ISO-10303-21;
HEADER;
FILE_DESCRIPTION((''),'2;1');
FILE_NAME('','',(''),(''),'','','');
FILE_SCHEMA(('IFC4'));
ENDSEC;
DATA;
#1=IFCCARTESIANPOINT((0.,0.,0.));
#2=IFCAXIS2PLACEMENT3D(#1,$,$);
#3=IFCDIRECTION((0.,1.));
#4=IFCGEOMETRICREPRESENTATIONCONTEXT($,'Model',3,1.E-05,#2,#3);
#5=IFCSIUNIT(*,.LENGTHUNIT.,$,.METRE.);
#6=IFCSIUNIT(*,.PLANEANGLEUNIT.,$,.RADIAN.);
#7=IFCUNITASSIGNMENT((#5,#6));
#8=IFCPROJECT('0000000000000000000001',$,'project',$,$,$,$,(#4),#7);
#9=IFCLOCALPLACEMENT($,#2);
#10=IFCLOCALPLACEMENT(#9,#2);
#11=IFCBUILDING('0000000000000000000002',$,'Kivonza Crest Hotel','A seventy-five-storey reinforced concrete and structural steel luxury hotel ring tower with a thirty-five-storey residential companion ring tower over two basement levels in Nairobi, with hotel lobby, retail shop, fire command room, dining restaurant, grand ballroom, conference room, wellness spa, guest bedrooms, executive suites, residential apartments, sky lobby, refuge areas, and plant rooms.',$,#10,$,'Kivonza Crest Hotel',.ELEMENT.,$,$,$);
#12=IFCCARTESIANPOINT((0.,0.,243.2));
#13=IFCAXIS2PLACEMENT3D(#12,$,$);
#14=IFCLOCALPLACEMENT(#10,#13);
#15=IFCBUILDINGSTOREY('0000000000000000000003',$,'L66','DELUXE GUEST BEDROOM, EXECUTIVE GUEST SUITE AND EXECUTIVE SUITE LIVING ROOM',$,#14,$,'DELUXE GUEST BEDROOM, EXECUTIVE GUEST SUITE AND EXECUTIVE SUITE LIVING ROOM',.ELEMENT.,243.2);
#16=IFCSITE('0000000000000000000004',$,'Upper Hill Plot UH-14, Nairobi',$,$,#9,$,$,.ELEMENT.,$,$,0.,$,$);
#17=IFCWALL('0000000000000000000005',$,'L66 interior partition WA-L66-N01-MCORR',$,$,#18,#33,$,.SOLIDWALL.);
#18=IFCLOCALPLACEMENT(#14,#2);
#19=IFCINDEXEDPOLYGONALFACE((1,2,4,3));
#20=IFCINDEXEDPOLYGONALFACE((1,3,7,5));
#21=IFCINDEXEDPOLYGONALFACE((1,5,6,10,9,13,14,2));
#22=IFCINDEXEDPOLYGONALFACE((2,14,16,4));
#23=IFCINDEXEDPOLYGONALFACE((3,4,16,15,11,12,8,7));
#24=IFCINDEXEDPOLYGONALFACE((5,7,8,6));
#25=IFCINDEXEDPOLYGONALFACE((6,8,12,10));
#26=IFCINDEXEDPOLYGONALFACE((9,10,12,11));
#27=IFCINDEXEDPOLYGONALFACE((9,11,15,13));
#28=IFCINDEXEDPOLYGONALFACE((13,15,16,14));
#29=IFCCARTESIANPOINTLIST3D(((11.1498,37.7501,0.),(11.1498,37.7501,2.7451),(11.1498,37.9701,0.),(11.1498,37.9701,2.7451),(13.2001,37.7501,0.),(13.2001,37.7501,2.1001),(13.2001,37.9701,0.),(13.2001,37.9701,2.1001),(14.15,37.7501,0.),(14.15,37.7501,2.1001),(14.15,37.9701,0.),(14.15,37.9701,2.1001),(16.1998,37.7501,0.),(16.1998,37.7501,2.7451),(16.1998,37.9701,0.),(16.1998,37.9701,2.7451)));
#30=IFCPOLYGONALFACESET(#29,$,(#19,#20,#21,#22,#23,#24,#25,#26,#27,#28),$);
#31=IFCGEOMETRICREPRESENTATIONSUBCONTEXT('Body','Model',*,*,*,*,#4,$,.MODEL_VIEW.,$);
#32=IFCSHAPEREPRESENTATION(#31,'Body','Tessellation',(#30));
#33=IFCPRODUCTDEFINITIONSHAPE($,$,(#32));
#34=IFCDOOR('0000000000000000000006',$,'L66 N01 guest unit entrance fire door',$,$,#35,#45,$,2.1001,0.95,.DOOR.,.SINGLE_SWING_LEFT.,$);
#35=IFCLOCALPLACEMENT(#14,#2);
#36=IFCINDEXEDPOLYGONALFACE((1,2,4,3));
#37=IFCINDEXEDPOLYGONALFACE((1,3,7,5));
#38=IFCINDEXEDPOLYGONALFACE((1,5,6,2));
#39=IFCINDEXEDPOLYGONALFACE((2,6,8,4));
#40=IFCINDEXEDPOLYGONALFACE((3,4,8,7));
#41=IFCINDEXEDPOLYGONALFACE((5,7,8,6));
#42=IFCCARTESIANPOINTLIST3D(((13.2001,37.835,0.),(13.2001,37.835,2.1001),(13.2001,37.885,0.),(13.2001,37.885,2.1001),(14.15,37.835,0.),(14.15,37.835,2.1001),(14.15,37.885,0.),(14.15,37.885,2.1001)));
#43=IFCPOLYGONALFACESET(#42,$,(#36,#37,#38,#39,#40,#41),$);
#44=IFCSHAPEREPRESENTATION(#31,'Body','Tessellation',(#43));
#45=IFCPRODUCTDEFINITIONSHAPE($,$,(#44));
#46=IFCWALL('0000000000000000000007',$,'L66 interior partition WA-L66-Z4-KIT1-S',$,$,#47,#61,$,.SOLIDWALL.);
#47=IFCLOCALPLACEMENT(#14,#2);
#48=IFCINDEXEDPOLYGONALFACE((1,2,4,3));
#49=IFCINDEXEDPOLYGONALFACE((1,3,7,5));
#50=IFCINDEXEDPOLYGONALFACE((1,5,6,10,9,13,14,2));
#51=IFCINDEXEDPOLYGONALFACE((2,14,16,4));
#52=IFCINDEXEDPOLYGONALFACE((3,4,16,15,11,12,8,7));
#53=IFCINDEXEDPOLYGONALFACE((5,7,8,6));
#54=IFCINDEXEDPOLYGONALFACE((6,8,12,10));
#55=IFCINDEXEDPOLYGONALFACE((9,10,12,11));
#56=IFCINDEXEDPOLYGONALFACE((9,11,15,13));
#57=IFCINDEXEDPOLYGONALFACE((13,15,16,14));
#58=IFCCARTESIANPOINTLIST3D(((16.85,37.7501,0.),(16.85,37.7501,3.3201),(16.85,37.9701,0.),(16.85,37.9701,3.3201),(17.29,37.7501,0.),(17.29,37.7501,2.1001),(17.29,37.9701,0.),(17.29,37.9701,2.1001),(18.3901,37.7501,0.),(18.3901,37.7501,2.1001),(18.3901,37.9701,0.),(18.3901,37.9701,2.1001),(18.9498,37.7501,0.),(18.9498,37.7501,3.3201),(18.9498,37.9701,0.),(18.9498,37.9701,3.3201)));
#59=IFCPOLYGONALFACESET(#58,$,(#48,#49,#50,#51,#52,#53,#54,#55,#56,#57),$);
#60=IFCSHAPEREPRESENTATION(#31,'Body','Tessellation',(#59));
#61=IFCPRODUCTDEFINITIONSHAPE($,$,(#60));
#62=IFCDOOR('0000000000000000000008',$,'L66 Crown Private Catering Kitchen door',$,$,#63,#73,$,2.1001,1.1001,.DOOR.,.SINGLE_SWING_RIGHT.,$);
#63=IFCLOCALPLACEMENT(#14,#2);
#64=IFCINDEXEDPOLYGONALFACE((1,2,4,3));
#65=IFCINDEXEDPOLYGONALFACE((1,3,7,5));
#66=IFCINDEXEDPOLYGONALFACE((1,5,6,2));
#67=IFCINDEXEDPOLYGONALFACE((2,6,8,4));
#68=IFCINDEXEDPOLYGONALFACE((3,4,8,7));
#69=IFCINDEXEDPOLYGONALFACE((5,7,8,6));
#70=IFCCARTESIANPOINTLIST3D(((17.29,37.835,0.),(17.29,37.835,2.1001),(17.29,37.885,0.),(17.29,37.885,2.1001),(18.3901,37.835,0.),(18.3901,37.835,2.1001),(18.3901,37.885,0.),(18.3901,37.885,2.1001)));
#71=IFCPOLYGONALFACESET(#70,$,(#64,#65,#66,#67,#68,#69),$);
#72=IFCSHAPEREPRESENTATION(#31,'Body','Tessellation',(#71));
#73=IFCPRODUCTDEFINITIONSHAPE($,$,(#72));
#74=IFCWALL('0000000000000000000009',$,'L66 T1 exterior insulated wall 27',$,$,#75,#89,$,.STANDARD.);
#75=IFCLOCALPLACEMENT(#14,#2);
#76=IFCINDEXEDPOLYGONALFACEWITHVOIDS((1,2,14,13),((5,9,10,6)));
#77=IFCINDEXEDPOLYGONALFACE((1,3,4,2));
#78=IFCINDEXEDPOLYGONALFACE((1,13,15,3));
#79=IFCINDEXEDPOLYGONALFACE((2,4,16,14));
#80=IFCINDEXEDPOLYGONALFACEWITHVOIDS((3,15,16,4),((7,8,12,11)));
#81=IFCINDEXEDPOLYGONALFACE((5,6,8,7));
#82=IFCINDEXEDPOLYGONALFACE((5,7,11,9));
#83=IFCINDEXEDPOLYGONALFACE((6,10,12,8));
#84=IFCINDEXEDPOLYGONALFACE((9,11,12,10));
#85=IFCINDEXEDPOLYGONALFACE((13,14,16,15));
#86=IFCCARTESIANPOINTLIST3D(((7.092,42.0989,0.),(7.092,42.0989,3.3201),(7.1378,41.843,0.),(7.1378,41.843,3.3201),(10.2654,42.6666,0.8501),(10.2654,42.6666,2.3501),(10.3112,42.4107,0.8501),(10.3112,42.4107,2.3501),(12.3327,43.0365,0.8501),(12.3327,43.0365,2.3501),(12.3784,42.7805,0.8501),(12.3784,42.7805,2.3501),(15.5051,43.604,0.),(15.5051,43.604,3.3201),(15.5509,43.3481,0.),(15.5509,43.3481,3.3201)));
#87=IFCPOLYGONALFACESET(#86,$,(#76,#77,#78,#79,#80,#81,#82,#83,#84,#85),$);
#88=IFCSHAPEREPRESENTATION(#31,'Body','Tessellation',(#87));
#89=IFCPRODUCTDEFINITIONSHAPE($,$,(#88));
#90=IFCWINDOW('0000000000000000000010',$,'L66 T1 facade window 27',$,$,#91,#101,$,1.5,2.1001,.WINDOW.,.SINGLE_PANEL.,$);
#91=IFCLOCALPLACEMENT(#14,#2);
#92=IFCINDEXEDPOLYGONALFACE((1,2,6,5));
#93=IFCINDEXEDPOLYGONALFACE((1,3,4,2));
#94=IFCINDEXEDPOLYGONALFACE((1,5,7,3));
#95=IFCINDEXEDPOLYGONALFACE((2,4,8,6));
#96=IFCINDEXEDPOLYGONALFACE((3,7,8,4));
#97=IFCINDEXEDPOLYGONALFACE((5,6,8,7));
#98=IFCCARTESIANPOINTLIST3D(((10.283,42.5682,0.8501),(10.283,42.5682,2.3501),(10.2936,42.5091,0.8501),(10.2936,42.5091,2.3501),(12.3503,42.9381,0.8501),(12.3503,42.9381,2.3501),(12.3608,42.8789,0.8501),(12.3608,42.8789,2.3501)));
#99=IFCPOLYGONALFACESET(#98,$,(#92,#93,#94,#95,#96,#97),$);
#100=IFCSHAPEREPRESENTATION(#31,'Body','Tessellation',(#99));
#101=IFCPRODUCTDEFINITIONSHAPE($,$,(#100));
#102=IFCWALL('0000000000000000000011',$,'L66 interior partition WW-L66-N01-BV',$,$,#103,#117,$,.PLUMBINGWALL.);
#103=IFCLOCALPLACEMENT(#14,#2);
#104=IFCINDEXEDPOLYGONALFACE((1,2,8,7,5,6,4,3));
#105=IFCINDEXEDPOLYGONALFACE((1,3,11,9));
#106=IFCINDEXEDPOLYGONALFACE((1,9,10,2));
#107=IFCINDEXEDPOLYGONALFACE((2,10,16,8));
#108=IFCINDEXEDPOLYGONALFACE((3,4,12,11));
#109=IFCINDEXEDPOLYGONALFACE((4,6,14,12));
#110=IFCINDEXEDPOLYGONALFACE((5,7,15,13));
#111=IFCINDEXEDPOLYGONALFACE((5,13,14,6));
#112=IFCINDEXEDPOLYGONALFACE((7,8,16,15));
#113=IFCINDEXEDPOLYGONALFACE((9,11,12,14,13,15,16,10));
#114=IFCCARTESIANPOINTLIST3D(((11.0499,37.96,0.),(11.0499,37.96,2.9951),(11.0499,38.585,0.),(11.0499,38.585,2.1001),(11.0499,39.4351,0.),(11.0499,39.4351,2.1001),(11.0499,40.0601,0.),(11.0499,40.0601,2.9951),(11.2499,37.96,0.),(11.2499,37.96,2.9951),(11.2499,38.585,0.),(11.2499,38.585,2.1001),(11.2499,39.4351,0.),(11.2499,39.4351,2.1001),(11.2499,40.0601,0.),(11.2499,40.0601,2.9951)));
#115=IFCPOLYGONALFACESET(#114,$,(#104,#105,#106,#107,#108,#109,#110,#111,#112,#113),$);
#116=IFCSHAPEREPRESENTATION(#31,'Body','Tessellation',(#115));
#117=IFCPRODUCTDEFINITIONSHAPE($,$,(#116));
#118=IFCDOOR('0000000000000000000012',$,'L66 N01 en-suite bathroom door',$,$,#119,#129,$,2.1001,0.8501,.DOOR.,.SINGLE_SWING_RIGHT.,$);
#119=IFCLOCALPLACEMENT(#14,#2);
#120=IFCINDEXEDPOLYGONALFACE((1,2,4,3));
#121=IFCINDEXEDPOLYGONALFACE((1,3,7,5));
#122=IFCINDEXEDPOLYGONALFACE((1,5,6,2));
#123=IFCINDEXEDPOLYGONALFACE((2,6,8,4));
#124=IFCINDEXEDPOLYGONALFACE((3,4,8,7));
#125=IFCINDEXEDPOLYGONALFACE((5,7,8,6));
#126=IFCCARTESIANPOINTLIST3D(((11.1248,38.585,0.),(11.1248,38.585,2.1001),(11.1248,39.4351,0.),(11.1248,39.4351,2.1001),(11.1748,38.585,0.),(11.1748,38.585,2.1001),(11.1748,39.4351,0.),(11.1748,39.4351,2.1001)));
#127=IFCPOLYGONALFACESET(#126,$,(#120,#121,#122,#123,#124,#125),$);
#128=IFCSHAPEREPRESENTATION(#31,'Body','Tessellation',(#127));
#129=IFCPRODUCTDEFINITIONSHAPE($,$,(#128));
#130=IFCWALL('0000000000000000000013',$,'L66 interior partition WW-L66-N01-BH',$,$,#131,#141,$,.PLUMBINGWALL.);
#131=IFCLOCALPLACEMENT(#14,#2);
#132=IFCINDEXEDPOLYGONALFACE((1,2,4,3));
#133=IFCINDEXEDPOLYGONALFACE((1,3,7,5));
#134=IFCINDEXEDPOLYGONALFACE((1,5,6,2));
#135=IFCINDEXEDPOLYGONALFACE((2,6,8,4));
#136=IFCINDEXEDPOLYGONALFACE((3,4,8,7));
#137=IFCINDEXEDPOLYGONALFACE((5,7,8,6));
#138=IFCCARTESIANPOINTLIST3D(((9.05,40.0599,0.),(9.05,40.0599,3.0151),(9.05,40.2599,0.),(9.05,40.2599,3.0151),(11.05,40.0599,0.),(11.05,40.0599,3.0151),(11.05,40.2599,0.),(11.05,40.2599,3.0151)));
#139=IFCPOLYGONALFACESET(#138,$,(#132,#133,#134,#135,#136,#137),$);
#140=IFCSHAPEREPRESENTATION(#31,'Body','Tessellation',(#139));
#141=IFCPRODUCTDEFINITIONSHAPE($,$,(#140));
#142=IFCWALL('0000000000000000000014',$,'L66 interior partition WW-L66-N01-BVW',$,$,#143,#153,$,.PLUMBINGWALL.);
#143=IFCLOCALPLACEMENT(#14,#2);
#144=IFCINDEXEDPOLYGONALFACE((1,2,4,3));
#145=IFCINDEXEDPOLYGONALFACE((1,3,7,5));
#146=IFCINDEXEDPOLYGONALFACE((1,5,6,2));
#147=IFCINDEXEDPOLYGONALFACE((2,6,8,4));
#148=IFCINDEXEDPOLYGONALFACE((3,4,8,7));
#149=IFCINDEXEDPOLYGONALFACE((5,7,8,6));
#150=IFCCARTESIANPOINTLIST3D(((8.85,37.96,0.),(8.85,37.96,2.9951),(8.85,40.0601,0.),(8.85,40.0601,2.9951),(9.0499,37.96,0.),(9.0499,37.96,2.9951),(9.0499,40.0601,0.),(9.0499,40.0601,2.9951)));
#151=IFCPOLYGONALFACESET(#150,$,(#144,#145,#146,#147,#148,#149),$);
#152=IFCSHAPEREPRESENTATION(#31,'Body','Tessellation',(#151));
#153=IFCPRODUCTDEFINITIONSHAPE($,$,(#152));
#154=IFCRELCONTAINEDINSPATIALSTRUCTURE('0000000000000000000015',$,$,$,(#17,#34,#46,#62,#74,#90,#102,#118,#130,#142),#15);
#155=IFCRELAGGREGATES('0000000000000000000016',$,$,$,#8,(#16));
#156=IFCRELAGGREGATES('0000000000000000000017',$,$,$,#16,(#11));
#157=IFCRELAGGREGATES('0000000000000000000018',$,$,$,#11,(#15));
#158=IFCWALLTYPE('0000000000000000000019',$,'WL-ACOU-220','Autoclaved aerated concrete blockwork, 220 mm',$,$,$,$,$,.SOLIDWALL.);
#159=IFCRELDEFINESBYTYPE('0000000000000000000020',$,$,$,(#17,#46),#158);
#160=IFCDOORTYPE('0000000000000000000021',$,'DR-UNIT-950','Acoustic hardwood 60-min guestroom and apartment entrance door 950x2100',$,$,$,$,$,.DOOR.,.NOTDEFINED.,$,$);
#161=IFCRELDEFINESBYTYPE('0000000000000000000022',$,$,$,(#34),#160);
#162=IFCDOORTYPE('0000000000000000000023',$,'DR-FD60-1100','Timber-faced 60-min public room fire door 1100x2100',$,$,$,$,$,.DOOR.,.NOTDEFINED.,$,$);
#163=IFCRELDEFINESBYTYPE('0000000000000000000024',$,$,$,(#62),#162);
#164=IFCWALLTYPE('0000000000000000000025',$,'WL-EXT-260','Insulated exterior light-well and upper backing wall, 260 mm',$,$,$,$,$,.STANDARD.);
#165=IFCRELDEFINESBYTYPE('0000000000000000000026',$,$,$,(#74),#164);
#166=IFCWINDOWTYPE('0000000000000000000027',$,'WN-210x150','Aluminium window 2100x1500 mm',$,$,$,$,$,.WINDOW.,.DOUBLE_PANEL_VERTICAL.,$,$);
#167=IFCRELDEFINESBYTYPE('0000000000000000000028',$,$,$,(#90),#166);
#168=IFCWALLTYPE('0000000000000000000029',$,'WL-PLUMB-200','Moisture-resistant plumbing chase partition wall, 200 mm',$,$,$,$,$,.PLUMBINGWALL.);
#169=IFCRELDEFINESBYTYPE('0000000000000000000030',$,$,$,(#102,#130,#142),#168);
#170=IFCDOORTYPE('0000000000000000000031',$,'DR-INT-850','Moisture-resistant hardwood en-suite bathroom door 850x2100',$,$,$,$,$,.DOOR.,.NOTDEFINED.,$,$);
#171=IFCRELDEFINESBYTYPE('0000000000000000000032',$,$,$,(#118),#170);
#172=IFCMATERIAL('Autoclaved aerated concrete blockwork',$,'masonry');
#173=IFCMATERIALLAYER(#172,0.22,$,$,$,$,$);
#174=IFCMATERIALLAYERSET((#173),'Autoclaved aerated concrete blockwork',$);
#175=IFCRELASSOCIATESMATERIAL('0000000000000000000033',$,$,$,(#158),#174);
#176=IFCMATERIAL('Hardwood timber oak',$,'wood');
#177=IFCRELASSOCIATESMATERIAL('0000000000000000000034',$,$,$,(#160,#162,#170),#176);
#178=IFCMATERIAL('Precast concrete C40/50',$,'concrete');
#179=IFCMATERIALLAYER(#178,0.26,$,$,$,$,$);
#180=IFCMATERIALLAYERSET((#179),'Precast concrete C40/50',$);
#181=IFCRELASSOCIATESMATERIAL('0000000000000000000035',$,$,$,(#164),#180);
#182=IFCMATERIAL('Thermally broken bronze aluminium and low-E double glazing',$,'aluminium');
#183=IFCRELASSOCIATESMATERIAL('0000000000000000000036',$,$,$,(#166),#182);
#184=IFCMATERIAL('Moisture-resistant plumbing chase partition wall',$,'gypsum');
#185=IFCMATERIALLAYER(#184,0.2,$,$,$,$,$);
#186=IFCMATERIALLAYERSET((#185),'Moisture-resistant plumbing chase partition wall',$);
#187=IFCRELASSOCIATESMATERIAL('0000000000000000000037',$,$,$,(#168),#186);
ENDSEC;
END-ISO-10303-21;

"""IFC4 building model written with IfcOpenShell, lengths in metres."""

from ifc_helpers import new_model, si_unit, direction, frame, frame_2d, origin, place, context, subcontext, project, spatial, rectangle, extrude, material, layer, layer_set, type_object, element, fill, save


model = new_model("IFC4")

# Units and contexts
model_context = context("Model", 3, precision=1e-05, world=origin(), true_north=direction((0.0, 1.0)))
body_context = subcontext(model_context, "Body", "Model", "MODEL_VIEW")
ifc_project = project(units=[si_unit("LENGTHUNIT", "METRE"), si_unit("PLANEANGLEUNIT", "RADIAN")], contexts=[model_context])

# Site, building, storey
site_placement = place(None, origin())
site = spatial("IfcSite", under=ifc_project, at=site_placement, Name="Upper Hill Plot UH-14, Nairobi", CompositionType="ELEMENT", RefElevation=0.0)
building_placement = place(site_placement, origin())
building = spatial("IfcBuilding", under=site, at=building_placement, Name="Kivonza Crest Hotel", Description="A seventy-five-storey reinforced concrete and structural steel luxury hotel ring tower with a thirty-five-storey residential companion ring tower over two basement levels in Nairobi, with hotel lobby, retail shop, fire command room, dining restaurant, grand ballroom, conference room, wellness spa, guest bedrooms, executive suites, residential apartments, sky lobby, refuge areas, and plant rooms.", LongName="Kivonza Crest Hotel", CompositionType="ELEMENT")
storey_placement = place(building_placement, frame((0.0, 0.0, 243.2)))
storey = spatial("IfcBuildingStorey", under=building, at=storey_placement, Name="L66", Description="DELUXE GUEST BEDROOM, EXECUTIVE GUEST SUITE AND EXECUTIVE SUITE LIVING ROOM", LongName="DELUXE GUEST BEDROOM, EXECUTIVE GUEST SUITE AND EXECUTIVE SUITE LIVING ROOM", CompositionType="ELEMENT", Elevation=243.2)

# Walls, openings, doors
ifc_material_1 = material(Name="Autoclaved aerated concrete blockwork", Category="masonry")
ifc_layer_1 = layer(ifc_material_1, 0.22)
ifc_layer_set_1 = layer_set([ifc_layer_1], Name="Autoclaved aerated concrete blockwork")
wall_type_1 = type_object("IfcWallType", Name="WL-ACOU-220", Description="Autoclaved aerated concrete blockwork, 220 mm", PredefinedType="SOLIDWALL", material=ifc_layer_set_1)
wall_1_placement = place(storey_placement, frame((11.1499, 37.8601, 0.0), z_axis=(0.0, 0.0, 1.0), x_axis=(1.0, 0.0, 0.0)))
wall_1 = element("IfcWall", 1, at=wall_1_placement, inside=storey, type_object=wall_type_1, Name="L66 interior partition WA-L66-N01-MCORR", PredefinedType="SOLIDWALL", context=body_context, shape_type="SweptSolid", body=[
    extrude(rectangle(XDim=5.05, YDim=0.22, at=frame_2d((2.5249, 0.0))), origin(), (0.0, 0.0, 1.0), 2.7451),
])
opening_1_placement = place(wall_1_placement, frame((2.05, 0.0, 0.0)))
opening_1 = element("IfcOpeningElement", 2, at=opening_1_placement, cuts=wall_1, PredefinedType="OPENING", context=body_context, shape_type="SweptSolid", body=[
    extrude(rectangle(XDim=0.95, YDim=2.1001, at=frame_2d((0.4751, 1.05))), frame((0.0, 0.1201, 0.0), z_axis=(0.0, -1.0, 0.0), x_axis=(1.0, 0.0, 0.0)), (0.0, 0.0, 1.0), 0.24),
])
ifc_material_2 = material(Name="Hardwood timber oak", Category="wood")
door_type_1 = type_object("IfcDoorType", Name="DR-UNIT-950", Description="Acoustic hardwood 60-min guestroom and apartment entrance door 950x2100", OperationType="NOTDEFINED", PredefinedType="DOOR", material=ifc_material_2)
door_1_placement = place(opening_1_placement, origin())
door_1 = element("IfcDoor", 3, at=door_1_placement, inside=storey, type_object=door_type_1, Name="L66 N01 guest unit entrance fire door", OperationType="SINGLE_SWING_LEFT", OverallHeight=2.1001, OverallWidth=0.95, PredefinedType="DOOR", context=body_context, shape_type="SweptSolid", body=[
    extrude(rectangle(XDim=0.95, YDim=2.1001, at=frame_2d((0.4751, 1.05))), frame((0.0, 0.0249, 0.0), z_axis=(0.0, -1.0, 0.0), x_axis=(1.0, 0.0, 0.0)), (0.0, 0.0, 1.0), 0.05),
])
fill(opening_1, door_1)
wall_2_placement = place(storey_placement, frame((16.8501, 37.8601, 0.0), z_axis=(0.0, 0.0, 1.0), x_axis=(1.0, 0.0, 0.0)))
wall_2 = element("IfcWall", 4, at=wall_2_placement, inside=storey, type_object=wall_type_1, Name="L66 interior partition WA-L66-Z4-KIT1-S", PredefinedType="SOLIDWALL", context=body_context, shape_type="SweptSolid", body=[
    extrude(rectangle(XDim=2.0999, YDim=0.22, at=frame_2d((1.0498, 0.0))), origin(), (0.0, 0.0, 1.0), 3.3201),
])
opening_2_placement = place(wall_2_placement, frame((0.4399, 0.0, 0.0)))
opening_2 = element("IfcOpeningElement", 5, at=opening_2_placement, cuts=wall_2, PredefinedType="OPENING", context=body_context, shape_type="SweptSolid", body=[
    extrude(rectangle(XDim=1.1001, YDim=2.1001, at=frame_2d((0.55, 1.05))), frame((0.0, 0.1201, 0.0), z_axis=(0.0, -1.0, 0.0), x_axis=(1.0, 0.0, 0.0)), (0.0, 0.0, 1.0), 0.24),
])
door_type_2 = type_object("IfcDoorType", Name="DR-FD60-1100", Description="Timber-faced 60-min public room fire door 1100x2100", OperationType="NOTDEFINED", PredefinedType="DOOR", material=ifc_material_2)
door_2_placement = place(opening_2_placement, origin())
door_2 = element("IfcDoor", 6, at=door_2_placement, inside=storey, type_object=door_type_2, Name="L66 Crown Private Catering Kitchen door", OperationType="SINGLE_SWING_RIGHT", OverallHeight=2.1001, OverallWidth=1.1001, PredefinedType="DOOR", context=body_context, shape_type="SweptSolid", body=[
    extrude(rectangle(XDim=1.1001, YDim=2.1001, at=frame_2d((0.55, 1.05))), frame((0.0, 0.0249, 0.0), z_axis=(0.0, -1.0, 0.0), x_axis=(1.0, 0.0, 0.0)), (0.0, 0.0, 1.0), 0.05),
])
fill(opening_2, door_2)

# Wall, opening, window
ifc_material_3 = material(Name="Precast concrete C40/50", Category="concrete")
ifc_layer_2 = layer(ifc_material_3, 0.26)
ifc_layer_set_2 = layer_set([ifc_layer_2], Name="Precast concrete C40/50")
wall_type_2 = type_object("IfcWallType", Name="WL-EXT-260", Description="Insulated exterior light-well and upper backing wall, 260 mm", PredefinedType="STANDARD", material=ifc_layer_set_2)
wall_3_placement = place(storey_placement, frame((15.5281, 43.4761, 0.0), z_axis=(0.0, 0.0, 1.0), x_axis=(-0.984371, -0.176107, 0.0)))
wall_3 = element("IfcWall", 7, at=wall_3_placement, inside=storey, type_object=wall_type_2, Name="L66 T1 exterior insulated wall 27", PredefinedType="STANDARD", context=body_context, shape_type="SweptSolid", body=[
    extrude(rectangle(XDim=8.5466, YDim=0.26, at=frame_2d((4.2734, 0.0))), origin(), (0.0, 0.0, 1.0), 3.3201),
])
opening_3_placement = place(wall_3_placement, frame((3.2229, 0.0, 0.8501)))
opening_3 = element("IfcOpeningElement", 8, at=opening_3_placement, cuts=wall_3, PredefinedType="OPENING", context=body_context, shape_type="SweptSolid", body=[
    extrude(rectangle(XDim=2.1001, YDim=1.5, at=frame_2d((1.05, 0.75))), frame((0.0, 0.1401, 0.0), z_axis=(0.0, -1.0, 0.0), x_axis=(1.0, 0.0, 0.0)), (0.0, 0.0, 1.0), 0.28),
])
ifc_material_4 = material(Name="Thermally broken bronze aluminium and low-E double glazing", Category="aluminium")
window_type = type_object("IfcWindowType", Name="WN-210x150", Description="Aluminium window 2100x1500 mm", PartitioningType="DOUBLE_PANEL_VERTICAL", PredefinedType="WINDOW", material=ifc_material_4)
window_placement = place(opening_3_placement, origin())
window = element("IfcWindow", 9, at=window_placement, inside=storey, type_object=window_type, Name="L66 T1 facade window 27", OverallHeight=1.5, OverallWidth=2.1001, PartitioningType="SINGLE_PANEL", PredefinedType="WINDOW", context=body_context, shape_type="SweptSolid", body=[
    extrude(rectangle(XDim=2.1001, YDim=1.5, at=frame_2d((1.05, 0.75))), frame((0.0, 0.03, 0.0), z_axis=(0.0, -1.0, 0.0), x_axis=(1.0, 0.0, 0.0)), (0.0, 0.0, 1.0), 0.0601),
])
fill(opening_3, window)

# Wall, opening, door
ifc_material_5 = material(Name="Moisture-resistant plumbing chase partition wall", Category="gypsum")
ifc_layer_3 = layer(ifc_material_5, 0.2)
ifc_layer_set_3 = layer_set([ifc_layer_3], Name="Moisture-resistant plumbing chase partition wall")
wall_type_3 = type_object("IfcWallType", Name="WL-PLUMB-200", Description="Moisture-resistant plumbing chase partition wall, 200 mm", PredefinedType="PLUMBINGWALL", material=ifc_layer_set_3)
wall_4_placement = place(storey_placement, frame((11.1499, 37.96, 0.0), z_axis=(0.0, 0.0, 1.0), x_axis=(0.0, 1.0, 0.0)))
wall_4 = element("IfcWall", 10, at=wall_4_placement, inside=storey, type_object=wall_type_3, Name="L66 interior partition WW-L66-N01-BV", PredefinedType="PLUMBINGWALL", context=body_context, shape_type="SweptSolid", body=[
    extrude(rectangle(XDim=2.1001, YDim=0.2, at=frame_2d((1.05, 0.0))), origin(), (0.0, 0.0, 1.0), 2.9951),
])
opening_4_placement = place(wall_4_placement, frame((0.625, 0.0, 0.0)))
opening_4 = element("IfcOpeningElement", 11, at=opening_4_placement, cuts=wall_4, PredefinedType="OPENING", context=body_context, shape_type="SweptSolid", body=[
    extrude(rectangle(XDim=0.8501, YDim=2.1001, at=frame_2d((0.425, 1.05))), frame((0.0, 0.1099, 0.0), z_axis=(0.0, -1.0, 0.0), x_axis=(1.0, 0.0, 0.0)), (0.0, 0.0, 1.0), 0.22),
])
door_type_3 = type_object("IfcDoorType", Name="DR-INT-850", Description="Moisture-resistant hardwood en-suite bathroom door 850x2100", OperationType="NOTDEFINED", PredefinedType="DOOR", material=ifc_material_2)
door_3_placement = place(opening_4_placement, frame((0.8501, 0.0, 0.0), z_axis=(0.0, 0.0, 1.0), x_axis=(-1.0, 0.0, 0.0)))
door_3 = element("IfcDoor", 12, at=door_3_placement, inside=storey, type_object=door_type_3, Name="L66 N01 en-suite bathroom door", OperationType="SINGLE_SWING_RIGHT", OverallHeight=2.1001, OverallWidth=0.8501, PredefinedType="DOOR", context=body_context, shape_type="SweptSolid", body=[
    extrude(rectangle(XDim=0.8501, YDim=2.1001, at=frame_2d((0.425, 1.05))), frame((0.0, 0.0249, 0.0), z_axis=(0.0, -1.0, 0.0), x_axis=(1.0, 0.0, 0.0)), (0.0, 0.0, 1.0), 0.05),
])
fill(opening_4, door_3)

# Walls
wall_5_placement = place(storey_placement, frame((9.05, 40.1599, 0.0), z_axis=(0.0, 0.0, 1.0), x_axis=(1.0, 0.0, 0.0)))
element("IfcWall", 13, at=wall_5_placement, inside=storey, type_object=wall_type_3, Name="L66 interior partition WW-L66-N01-BH", PredefinedType="PLUMBINGWALL", context=body_context, shape_type="SweptSolid", body=[
    extrude(rectangle(XDim=2.0, YDim=0.2, at=frame_2d((1.0, 0.0))), origin(), (0.0, 0.0, 1.0), 3.0151),
])
wall_6_placement = place(storey_placement, frame((8.95, 37.96, 0.0), z_axis=(0.0, 0.0, 1.0), x_axis=(0.0, 1.0, 0.0)))
element("IfcWall", 14, at=wall_6_placement, inside=storey, type_object=wall_type_3, Name="L66 interior partition WW-L66-N01-BVW", PredefinedType="PLUMBINGWALL", context=body_context, shape_type="SweptSolid", body=[
    extrude(rectangle(XDim=2.1001, YDim=0.2, at=frame_2d((1.05, 0.0))), origin(), (0.0, 0.0, 1.0), 2.9951),
])

save(model, "model.ifc")
